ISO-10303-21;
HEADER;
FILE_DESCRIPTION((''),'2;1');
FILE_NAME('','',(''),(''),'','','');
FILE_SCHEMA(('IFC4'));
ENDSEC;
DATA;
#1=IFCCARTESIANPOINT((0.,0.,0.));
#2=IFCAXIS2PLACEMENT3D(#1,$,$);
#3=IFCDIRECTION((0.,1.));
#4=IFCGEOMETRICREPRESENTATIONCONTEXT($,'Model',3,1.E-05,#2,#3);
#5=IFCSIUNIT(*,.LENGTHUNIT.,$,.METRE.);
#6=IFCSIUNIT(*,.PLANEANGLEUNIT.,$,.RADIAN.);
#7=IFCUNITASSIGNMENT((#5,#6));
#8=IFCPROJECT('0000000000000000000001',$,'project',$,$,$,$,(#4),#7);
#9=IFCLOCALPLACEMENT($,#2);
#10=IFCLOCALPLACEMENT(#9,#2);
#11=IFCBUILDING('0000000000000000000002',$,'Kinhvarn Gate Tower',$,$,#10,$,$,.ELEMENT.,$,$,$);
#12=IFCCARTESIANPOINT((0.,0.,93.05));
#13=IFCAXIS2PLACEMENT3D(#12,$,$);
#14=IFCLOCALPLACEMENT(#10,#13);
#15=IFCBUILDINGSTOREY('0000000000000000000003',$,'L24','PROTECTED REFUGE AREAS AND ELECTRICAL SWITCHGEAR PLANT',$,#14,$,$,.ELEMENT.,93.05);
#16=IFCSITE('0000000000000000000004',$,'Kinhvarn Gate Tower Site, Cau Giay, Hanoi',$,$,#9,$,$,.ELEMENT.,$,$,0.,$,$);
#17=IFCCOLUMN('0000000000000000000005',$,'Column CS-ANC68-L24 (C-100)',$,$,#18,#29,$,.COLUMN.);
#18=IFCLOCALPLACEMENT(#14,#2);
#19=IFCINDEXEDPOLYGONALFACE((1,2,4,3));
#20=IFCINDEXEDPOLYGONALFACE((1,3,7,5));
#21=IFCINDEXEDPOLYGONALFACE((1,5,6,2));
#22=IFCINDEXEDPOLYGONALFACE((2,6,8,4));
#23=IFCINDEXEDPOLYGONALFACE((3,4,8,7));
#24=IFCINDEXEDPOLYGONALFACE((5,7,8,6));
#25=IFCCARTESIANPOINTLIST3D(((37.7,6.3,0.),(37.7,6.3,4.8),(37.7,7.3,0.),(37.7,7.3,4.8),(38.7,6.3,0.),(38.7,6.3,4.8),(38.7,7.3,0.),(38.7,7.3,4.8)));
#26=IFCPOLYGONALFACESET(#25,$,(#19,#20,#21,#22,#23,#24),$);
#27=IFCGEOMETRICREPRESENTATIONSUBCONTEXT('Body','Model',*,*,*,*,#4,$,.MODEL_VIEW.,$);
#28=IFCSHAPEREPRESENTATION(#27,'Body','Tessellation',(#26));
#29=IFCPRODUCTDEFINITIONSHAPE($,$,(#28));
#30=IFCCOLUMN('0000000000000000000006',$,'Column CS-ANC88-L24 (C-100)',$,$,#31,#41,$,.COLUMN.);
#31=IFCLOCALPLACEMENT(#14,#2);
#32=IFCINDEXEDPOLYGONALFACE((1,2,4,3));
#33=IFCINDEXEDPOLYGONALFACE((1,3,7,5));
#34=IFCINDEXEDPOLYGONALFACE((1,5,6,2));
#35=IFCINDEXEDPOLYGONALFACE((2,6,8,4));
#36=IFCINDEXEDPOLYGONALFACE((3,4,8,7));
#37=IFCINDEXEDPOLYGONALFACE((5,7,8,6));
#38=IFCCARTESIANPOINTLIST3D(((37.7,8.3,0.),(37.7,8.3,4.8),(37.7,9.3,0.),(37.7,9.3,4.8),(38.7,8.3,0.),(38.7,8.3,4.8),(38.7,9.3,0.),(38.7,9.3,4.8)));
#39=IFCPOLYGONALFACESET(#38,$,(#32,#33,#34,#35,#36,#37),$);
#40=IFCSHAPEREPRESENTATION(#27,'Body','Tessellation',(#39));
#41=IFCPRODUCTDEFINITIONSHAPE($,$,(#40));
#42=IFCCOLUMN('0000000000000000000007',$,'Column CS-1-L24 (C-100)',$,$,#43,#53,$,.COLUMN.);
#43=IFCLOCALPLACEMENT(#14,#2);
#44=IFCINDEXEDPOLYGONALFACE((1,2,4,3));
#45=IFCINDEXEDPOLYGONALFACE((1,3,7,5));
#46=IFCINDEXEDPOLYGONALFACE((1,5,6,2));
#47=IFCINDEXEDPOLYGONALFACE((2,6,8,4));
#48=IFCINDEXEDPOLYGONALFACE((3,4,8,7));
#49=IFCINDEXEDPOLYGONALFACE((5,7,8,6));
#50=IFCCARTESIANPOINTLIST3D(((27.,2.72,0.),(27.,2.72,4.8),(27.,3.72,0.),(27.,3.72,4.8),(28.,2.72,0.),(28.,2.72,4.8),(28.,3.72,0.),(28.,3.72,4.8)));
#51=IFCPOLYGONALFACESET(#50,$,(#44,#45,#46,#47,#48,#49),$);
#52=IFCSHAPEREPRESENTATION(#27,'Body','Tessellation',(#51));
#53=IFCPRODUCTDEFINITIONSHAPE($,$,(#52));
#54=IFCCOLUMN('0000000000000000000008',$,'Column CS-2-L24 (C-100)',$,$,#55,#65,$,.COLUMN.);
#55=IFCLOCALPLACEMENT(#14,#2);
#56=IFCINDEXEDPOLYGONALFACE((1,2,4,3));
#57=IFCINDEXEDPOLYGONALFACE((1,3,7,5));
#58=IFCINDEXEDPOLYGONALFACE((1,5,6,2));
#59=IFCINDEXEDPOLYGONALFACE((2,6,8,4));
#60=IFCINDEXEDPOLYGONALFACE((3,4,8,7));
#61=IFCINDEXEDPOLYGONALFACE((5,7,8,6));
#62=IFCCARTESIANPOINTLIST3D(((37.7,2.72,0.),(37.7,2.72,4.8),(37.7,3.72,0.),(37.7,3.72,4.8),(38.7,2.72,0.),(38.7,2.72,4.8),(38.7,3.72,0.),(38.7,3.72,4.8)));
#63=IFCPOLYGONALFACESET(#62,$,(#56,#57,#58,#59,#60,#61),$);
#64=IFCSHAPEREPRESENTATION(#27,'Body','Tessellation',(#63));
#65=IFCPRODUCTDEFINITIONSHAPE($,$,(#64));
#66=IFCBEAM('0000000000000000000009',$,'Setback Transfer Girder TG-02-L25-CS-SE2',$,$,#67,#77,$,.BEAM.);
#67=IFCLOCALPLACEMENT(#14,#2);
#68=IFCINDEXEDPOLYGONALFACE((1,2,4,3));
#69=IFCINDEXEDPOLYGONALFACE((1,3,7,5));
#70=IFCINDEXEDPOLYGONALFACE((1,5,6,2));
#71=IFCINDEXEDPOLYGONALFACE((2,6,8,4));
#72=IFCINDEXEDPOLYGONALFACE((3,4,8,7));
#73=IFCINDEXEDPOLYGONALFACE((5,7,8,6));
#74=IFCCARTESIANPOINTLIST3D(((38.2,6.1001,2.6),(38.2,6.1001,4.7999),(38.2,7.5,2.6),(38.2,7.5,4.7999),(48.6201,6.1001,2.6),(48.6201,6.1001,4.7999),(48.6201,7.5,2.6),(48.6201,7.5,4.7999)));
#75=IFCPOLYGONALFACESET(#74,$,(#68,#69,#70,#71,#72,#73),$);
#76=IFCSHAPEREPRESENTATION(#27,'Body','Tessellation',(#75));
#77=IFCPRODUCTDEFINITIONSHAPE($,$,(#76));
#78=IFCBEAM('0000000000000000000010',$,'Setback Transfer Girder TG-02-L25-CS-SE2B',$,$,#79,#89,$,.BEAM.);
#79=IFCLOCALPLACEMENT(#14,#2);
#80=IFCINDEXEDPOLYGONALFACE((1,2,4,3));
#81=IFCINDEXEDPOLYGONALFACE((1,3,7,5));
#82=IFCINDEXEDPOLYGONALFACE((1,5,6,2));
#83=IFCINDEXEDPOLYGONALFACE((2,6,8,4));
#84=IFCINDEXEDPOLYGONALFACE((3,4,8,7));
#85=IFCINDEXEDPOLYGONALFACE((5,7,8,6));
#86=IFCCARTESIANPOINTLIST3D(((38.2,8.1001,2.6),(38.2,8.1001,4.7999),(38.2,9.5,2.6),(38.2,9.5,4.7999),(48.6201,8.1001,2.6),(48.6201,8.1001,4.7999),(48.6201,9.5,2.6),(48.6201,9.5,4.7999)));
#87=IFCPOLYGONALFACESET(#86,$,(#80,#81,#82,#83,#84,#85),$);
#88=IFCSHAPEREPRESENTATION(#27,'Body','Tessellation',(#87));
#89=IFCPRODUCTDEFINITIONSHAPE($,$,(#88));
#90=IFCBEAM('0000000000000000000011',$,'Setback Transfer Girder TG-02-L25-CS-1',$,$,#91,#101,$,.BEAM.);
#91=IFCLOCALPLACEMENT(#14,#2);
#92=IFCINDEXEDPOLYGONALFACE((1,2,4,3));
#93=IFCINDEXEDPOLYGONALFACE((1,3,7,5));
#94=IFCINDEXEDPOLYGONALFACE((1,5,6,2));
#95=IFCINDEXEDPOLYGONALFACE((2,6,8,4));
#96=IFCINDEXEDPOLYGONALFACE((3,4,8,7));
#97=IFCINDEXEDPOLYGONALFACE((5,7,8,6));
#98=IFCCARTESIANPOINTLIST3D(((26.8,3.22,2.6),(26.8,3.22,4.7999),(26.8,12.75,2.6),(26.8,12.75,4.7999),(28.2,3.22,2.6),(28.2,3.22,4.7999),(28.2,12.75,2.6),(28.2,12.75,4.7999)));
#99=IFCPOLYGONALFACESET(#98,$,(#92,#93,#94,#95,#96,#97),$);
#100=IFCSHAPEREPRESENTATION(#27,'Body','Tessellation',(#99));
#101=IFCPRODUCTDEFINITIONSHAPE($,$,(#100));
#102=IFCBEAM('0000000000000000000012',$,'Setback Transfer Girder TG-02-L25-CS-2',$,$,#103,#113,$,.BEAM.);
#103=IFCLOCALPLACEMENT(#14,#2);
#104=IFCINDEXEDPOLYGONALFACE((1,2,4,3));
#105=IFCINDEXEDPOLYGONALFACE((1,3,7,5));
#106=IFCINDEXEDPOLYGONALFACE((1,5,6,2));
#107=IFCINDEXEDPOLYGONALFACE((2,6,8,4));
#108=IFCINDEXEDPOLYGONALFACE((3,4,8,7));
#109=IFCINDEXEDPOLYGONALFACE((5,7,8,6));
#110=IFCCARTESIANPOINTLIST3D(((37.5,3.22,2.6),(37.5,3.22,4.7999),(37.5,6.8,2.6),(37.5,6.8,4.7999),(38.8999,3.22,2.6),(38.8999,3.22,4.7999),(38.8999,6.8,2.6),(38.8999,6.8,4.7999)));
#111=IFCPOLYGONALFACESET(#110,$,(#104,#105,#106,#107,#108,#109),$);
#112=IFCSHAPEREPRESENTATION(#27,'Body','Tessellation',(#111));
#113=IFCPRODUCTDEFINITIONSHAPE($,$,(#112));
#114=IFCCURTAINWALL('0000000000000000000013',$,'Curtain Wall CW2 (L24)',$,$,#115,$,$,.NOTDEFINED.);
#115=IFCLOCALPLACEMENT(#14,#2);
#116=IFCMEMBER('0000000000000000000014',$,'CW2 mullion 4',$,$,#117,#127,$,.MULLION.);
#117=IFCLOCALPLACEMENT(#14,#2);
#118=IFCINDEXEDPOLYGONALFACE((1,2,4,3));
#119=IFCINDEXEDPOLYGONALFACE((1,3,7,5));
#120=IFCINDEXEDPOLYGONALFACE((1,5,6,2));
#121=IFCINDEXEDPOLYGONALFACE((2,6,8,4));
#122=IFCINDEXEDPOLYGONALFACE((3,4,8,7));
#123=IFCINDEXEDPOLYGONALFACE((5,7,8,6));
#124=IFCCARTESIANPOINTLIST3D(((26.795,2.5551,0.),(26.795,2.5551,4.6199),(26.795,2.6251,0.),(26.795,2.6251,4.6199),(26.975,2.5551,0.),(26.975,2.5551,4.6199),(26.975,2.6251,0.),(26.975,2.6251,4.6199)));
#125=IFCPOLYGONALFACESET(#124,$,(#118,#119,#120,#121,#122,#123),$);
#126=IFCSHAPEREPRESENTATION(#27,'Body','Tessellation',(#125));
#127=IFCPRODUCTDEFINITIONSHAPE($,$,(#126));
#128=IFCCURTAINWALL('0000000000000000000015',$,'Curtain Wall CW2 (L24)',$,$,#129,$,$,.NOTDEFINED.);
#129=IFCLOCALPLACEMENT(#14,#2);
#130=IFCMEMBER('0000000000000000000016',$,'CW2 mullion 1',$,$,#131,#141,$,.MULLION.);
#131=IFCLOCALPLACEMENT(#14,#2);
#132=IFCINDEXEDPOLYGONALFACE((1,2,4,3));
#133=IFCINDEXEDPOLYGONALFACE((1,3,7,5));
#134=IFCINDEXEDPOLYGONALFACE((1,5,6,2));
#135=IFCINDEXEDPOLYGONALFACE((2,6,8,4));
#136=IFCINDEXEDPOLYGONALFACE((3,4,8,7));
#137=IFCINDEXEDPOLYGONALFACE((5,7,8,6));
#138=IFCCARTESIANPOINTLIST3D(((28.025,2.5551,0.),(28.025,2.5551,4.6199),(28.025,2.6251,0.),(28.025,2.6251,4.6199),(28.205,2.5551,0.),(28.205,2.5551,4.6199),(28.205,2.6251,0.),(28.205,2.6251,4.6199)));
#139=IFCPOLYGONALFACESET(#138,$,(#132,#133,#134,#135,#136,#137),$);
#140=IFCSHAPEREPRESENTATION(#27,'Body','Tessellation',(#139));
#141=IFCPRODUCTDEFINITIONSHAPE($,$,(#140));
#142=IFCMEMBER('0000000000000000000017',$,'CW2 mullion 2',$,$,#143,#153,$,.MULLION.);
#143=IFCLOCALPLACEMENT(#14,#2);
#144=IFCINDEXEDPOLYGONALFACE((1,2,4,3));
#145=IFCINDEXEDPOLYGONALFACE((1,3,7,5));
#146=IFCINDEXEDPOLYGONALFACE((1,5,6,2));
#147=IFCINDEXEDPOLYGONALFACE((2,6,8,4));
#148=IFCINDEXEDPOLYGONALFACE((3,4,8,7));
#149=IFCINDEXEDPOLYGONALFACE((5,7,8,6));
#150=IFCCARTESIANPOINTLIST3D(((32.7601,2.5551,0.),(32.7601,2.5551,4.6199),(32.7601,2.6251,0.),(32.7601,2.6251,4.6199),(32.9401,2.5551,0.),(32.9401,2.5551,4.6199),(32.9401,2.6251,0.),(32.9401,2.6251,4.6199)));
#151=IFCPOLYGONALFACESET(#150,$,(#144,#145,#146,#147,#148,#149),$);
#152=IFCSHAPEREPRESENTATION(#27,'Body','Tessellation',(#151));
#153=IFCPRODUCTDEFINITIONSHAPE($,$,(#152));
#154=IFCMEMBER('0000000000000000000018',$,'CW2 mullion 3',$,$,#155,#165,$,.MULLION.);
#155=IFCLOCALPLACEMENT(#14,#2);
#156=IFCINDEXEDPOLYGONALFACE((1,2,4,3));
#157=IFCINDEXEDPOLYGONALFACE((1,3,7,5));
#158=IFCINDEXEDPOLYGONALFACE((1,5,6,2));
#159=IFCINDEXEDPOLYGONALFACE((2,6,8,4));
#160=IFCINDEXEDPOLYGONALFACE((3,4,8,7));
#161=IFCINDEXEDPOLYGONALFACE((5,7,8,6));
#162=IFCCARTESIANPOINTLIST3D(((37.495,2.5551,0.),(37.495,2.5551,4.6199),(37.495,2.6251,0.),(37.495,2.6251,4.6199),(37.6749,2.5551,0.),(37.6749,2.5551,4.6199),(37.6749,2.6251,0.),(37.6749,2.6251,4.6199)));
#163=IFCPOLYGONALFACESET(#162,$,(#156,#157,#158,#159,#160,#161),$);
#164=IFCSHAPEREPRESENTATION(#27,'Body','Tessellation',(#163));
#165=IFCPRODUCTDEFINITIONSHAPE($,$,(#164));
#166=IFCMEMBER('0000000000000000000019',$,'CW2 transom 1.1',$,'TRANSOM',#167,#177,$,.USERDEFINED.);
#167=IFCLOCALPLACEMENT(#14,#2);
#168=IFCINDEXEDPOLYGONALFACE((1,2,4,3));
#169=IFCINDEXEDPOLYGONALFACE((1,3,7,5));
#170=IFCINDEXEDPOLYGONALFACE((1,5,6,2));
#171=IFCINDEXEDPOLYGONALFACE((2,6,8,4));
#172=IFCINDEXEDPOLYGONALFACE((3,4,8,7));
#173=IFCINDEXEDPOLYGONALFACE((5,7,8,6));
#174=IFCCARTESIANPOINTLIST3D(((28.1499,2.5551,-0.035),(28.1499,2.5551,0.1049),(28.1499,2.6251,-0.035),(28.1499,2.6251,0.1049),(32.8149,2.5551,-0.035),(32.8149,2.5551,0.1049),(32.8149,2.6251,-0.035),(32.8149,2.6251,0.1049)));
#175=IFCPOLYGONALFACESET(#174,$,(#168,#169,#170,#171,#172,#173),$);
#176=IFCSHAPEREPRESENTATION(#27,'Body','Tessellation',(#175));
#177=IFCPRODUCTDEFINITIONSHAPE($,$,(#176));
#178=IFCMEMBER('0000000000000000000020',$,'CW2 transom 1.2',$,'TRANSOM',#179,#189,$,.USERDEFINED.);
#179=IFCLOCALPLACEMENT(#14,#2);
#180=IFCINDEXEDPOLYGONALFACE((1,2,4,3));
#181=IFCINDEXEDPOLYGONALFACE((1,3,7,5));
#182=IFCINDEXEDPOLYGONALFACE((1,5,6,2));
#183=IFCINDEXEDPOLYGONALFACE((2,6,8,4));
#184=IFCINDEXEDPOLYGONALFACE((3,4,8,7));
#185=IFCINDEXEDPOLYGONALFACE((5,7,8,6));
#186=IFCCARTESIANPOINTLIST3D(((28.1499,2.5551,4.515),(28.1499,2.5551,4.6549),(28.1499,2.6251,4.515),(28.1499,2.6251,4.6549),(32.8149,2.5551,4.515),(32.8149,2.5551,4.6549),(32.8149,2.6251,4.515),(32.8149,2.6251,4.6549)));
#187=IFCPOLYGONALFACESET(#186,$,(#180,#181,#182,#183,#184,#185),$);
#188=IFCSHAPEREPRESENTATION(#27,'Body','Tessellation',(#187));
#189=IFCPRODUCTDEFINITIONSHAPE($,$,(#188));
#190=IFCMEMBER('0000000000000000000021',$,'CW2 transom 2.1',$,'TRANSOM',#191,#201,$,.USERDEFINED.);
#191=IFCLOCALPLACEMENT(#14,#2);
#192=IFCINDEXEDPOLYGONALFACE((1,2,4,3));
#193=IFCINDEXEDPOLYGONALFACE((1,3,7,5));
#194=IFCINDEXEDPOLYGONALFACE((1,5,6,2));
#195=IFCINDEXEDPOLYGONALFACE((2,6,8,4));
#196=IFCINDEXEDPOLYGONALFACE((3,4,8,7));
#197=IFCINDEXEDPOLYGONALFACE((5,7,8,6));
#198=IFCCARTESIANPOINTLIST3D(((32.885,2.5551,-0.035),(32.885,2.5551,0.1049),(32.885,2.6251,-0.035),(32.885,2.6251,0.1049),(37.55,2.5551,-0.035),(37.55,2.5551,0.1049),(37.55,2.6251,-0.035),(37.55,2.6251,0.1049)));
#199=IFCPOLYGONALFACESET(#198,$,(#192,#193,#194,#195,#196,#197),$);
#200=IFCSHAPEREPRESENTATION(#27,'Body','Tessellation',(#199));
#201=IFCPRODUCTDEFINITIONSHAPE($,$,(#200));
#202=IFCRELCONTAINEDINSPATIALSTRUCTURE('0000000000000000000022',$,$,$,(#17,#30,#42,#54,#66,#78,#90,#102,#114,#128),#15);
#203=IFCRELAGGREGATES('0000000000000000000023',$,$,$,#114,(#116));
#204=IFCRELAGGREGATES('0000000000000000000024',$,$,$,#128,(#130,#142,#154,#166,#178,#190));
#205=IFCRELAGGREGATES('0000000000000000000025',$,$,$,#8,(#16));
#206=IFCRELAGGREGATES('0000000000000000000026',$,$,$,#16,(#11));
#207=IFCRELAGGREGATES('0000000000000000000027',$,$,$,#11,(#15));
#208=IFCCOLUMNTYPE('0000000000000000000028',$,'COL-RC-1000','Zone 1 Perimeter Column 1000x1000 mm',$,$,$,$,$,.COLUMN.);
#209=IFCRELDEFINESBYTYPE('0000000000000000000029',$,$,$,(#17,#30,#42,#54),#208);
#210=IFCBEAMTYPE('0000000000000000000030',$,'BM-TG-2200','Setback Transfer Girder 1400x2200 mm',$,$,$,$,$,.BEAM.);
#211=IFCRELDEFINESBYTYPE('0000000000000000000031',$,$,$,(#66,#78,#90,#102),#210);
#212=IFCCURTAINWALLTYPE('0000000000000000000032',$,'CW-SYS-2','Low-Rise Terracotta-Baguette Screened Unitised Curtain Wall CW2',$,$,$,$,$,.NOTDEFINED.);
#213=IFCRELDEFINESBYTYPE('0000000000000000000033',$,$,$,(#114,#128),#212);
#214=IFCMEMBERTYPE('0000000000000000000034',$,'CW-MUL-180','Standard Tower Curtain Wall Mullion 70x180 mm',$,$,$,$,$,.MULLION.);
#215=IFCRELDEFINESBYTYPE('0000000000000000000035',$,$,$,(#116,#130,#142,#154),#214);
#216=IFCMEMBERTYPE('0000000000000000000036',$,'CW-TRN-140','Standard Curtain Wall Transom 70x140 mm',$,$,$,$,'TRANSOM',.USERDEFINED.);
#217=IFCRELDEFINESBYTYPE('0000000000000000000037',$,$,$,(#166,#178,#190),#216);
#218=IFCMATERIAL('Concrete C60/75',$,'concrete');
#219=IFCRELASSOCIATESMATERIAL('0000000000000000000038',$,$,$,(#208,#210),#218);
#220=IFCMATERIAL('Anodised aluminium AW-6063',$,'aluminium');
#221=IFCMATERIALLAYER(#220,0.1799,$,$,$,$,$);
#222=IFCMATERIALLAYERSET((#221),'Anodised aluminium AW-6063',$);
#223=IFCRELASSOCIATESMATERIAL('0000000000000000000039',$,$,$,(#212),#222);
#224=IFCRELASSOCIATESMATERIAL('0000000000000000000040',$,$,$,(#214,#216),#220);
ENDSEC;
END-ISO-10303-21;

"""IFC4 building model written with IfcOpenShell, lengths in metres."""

from ifc_helpers import new_model, si_unit, direction, frame, origin, origin_2d, place, context, subcontext, project, spatial, rectangle, extrude, material, layer, layer_set, material_profile, profile_set, type_object, element, aggregate, save


model = new_model("IFC4")

# Units and contexts
model_context = context("Model", 3, precision=1e-05, world=origin(), true_north=direction((0.0, 1.0)))
body_context = subcontext(model_context, "Body", "Model", "MODEL_VIEW")
ifc_project = project(units=[si_unit("LENGTHUNIT", "METRE"), si_unit("PLANEANGLEUNIT", "RADIAN")], contexts=[model_context])

# Site, building, storey
site_placement = place(None, origin())
site = spatial("IfcSite", under=ifc_project, at=site_placement, Name="Kinhvarn Gate Tower Site, Cau Giay, Hanoi", CompositionType="ELEMENT", RefElevation=0.0)
building_placement = place(site_placement, origin())
building = spatial("IfcBuilding", under=site, at=building_placement, Name="Kinhvarn Gate Tower", CompositionType="ELEMENT")
storey_placement = place(building_placement, frame((0.0, 0.0, 93.05)))
storey = spatial("IfcBuildingStorey", under=building, at=storey_placement, Name="L24", Description="PROTECTED REFUGE AREAS AND ELECTRICAL SWITCHGEAR PLANT", CompositionType="ELEMENT", Elevation=93.05)

# Columns
ifc_material_1 = material(Name="Concrete C60/75", Category="concrete")
ifc_material_profile_1 = material_profile(ifc_material_1, rectangle(XDim=1.0, YDim=1.0, at=origin_2d()), Name="RC 1000x1000")
ifc_profile_set_1 = profile_set([ifc_material_profile_1], Name="Concrete C60/75")
column_type = type_object("IfcColumnType", Name="COL-RC-1000", Description="Zone 1 Perimeter Column 1000x1000 mm", PredefinedType="COLUMN", material=ifc_profile_set_1)
for number, where, z_axis, x_axis, name in (
    (1, (38.2, 6.8, 0.0), (0.0, 0.0, 1.0), (1.0, 0.0, 0.0), "Column CS-ANC68-L24 (C-100)"),
    (2, (38.2, 8.8, 0.0), (0.0, 0.0, 1.0), (1.0, 0.0, 0.0), "Column CS-ANC88-L24 (C-100)"),
    (3, (27.5, 3.22, 0.0), (0.0, 0.0, 1.0), (1.0, 0.0, 0.0), "Column CS-1-L24 (C-100)"),
    (4, (38.2, 3.22, 0.0), (0.0, 0.0, 1.0), (1.0, 0.0, 0.0), "Column CS-2-L24 (C-100)"),
):
    element("IfcColumn", number, at=place(storey_placement, frame(where, z_axis=z_axis, x_axis=x_axis)), inside=storey, type_object=column_type, Name=name, PredefinedType="COLUMN", context=body_context, shape_type="SweptSolid", body=[
        extrude(rectangle(XDim=1.0, YDim=1.0, at=origin_2d()), origin(), (0.0, 0.0, 1.0), 4.8),
    ])

# Beams
ifc_material_profile_2 = material_profile(ifc_material_1, rectangle(XDim=1.3999, YDim=2.2, at=origin_2d()), Name="RC 1400x2200")
ifc_profile_set_2 = profile_set([ifc_material_profile_2], Name="Concrete C60/75")
beam_type_1 = type_object("IfcBeamType", Name="BM-TG-2200", Description="Setback Transfer Girder 1400x2200 mm", PredefinedType="BEAM", material=ifc_profile_set_2)
for number, where, z_axis, x_axis, name in (
    (5, (38.2, 6.8, 3.7), (1.0, 0.0, 0.0), (0.0, 1.0, 0.0), "Setback Transfer Girder TG-02-L25-CS-SE2"),
    (6, (38.2, 8.8, 3.7), (1.0, 0.0, 0.0), (0.0, 1.0, 0.0), "Setback Transfer Girder TG-02-L25-CS-SE2B"),
):
    element("IfcBeam", number, at=place(storey_placement, frame(where, z_axis=z_axis, x_axis=x_axis)), inside=storey, type_object=beam_type_1, Name=name, PredefinedType="BEAM", context=body_context, shape_type="SweptSolid", body=[
        extrude(rectangle(XDim=1.3999, YDim=2.2, at=origin_2d()), origin(), (0.0, 0.0, 1.0), 10.4202),
    ])
beam_1_placement = place(storey_placement, frame((27.5, 3.22, 3.7), z_axis=(0.0, 1.0, 0.0), x_axis=(-1.0, 0.0, 0.0)))
element("IfcBeam", 7, at=beam_1_placement, inside=storey, type_object=beam_type_1, Name="Setback Transfer Girder TG-02-L25-CS-1", PredefinedType="BEAM", context=body_context, shape_type="SweptSolid", body=[
    extrude(rectangle(XDim=1.3999, YDim=2.2, at=origin_2d()), origin(), (0.0, 0.0, 1.0), 9.53),
])
beam_2_placement = place(storey_placement, frame((38.2, 3.22, 3.7), z_axis=(0.0, 1.0, 0.0), x_axis=(-1.0, 0.0, 0.0)))
element("IfcBeam", 8, at=beam_2_placement, inside=storey, type_object=beam_type_1, Name="Setback Transfer Girder TG-02-L25-CS-2", PredefinedType="BEAM", context=body_context, shape_type="SweptSolid", body=[
    extrude(rectangle(XDim=1.3999, YDim=2.2, at=origin_2d()), origin(), (0.0, 0.0, 1.0), 3.5801),
])

# Curtain wall, member
ifc_material_2 = material(Name="Anodised aluminium AW-6063", Category="aluminium")
ifc_layer_1 = layer(ifc_material_2, 0.1799)
ifc_layer_set_1 = layer_set([ifc_layer_1], Name="Anodised aluminium AW-6063")
curtain_wall_type = type_object("IfcCurtainWallType", Name="CW-SYS-2", Description="Low-Rise Terracotta-Baguette Screened Unitised Curtain Wall CW2", PredefinedType="NOTDEFINED", material=ifc_layer_set_1)
curtain_wall_1_placement = place(storey_placement, origin())
curtain_wall_1 = element("IfcCurtainWall", 9, at=curtain_wall_1_placement, inside=storey, type_object=curtain_wall_type, Name="Curtain Wall CW2 (L24)", PredefinedType="NOTDEFINED")
ifc_material_profile_3 = material_profile(ifc_material_2, rectangle(XDim=0.0701, YDim=0.1799, at=origin_2d()), Name="ALU 70x180")
ifc_profile_set_3 = profile_set([ifc_material_profile_3], Name="Anodised aluminium AW-6063")
member_type_1 = type_object("IfcMemberType", Name="CW-MUL-180", Description="Standard Tower Curtain Wall Mullion 70x180 mm", PredefinedType="MULLION", material=ifc_profile_set_3)
member_1_placement = place(storey_placement, frame((26.885, 2.5901, 0.0), z_axis=(0.0, 0.0, 1.0), x_axis=(0.0, 1.0, 0.0)))
member_1 = element("IfcMember", 10, at=member_1_placement, type_object=member_type_1, Name="CW2 mullion 4", PredefinedType="MULLION", context=body_context, shape_type="SweptSolid", body=[
    extrude(rectangle(XDim=0.0701, YDim=0.1799, at=origin_2d()), origin(), (0.0, 0.0, 1.0), 4.6199),
])
aggregate(curtain_wall_1, [member_1])

# Curtain wall, members
curtain_wall_2_placement = place(storey_placement, origin())
curtain_wall_2 = element("IfcCurtainWall", 11, at=curtain_wall_2_placement, inside=storey, type_object=curtain_wall_type, Name="Curtain Wall CW2 (L24)", PredefinedType="NOTDEFINED")
member_2_placement = place(storey_placement, frame((28.115, 2.5901, 0.0), z_axis=(0.0, 0.0, 1.0), x_axis=(0.0, 1.0, 0.0)))
member_2 = element("IfcMember", 12, at=member_2_placement, type_object=member_type_1, Name="CW2 mullion 1", PredefinedType="MULLION", context=body_context, shape_type="SweptSolid", body=[
    extrude(rectangle(XDim=0.0701, YDim=0.1799, at=origin_2d()), origin(), (0.0, 0.0, 1.0), 4.6199),
])
member_3_placement = place(storey_placement, frame((32.8501, 2.5901, 0.0), z_axis=(0.0, 0.0, 1.0), x_axis=(0.0, 1.0, 0.0)))
member_3 = element("IfcMember", 13, at=member_3_placement, type_object=member_type_1, Name="CW2 mullion 2", PredefinedType="MULLION", context=body_context, shape_type="SweptSolid", body=[
    extrude(rectangle(XDim=0.0701, YDim=0.1799, at=origin_2d()), origin(), (0.0, 0.0, 1.0), 4.6199),
])
member_4_placement = place(storey_placement, frame((37.585, 2.5901, 0.0), z_axis=(0.0, 0.0, 1.0), x_axis=(0.0, 1.0, 0.0)))
member_4 = element("IfcMember", 14, at=member_4_placement, type_object=member_type_1, Name="CW2 mullion 3", PredefinedType="MULLION", context=body_context, shape_type="SweptSolid", body=[
    extrude(rectangle(XDim=0.0701, YDim=0.1799, at=origin_2d()), origin(), (0.0, 0.0, 1.0), 4.6199),
])
ifc_material_profile_4 = material_profile(ifc_material_2, rectangle(XDim=0.0701, YDim=0.1399, at=origin_2d()), Name="ALU 70x140")
ifc_profile_set_4 = profile_set([ifc_material_profile_4], Name="Anodised aluminium AW-6063")
member_type_2 = type_object("IfcMemberType", Name="CW-TRN-140", Description="Standard Curtain Wall Transom 70x140 mm", ElementType="TRANSOM", PredefinedType="USERDEFINED", material=ifc_profile_set_4)
member_5_placement = place(storey_placement, frame((28.1499, 2.5901, 0.0349), z_axis=(1.0, 0.0, 0.0), x_axis=(0.0, 1.0, 0.0)))
member_5 = element("IfcMember", 15, at=member_5_placement, type_object=member_type_2, Name="CW2 transom 1.1", ObjectType="TRANSOM", PredefinedType="USERDEFINED", context=body_context, shape_type="SweptSolid", body=[
    extrude(rectangle(XDim=0.0701, YDim=0.1399, at=origin_2d()), origin(), (0.0, 0.0, 1.0), 4.665),
])
member_6_placement = place(storey_placement, frame((28.1499, 2.5901, 4.585), z_axis=(1.0, 0.0, 0.0), x_axis=(0.0, 1.0, 0.0)))
member_6 = element("IfcMember", 16, at=member_6_placement, type_object=member_type_2, Name="CW2 transom 1.2", ObjectType="TRANSOM", PredefinedType="USERDEFINED", context=body_context, shape_type="SweptSolid", body=[
    extrude(rectangle(XDim=0.0701, YDim=0.1399, at=origin_2d()), origin(), (0.0, 0.0, 1.0), 4.665),
])
member_7_placement = place(storey_placement, frame((32.885, 2.5901, 0.0349), z_axis=(1.0, 0.0, 0.0), x_axis=(0.0, 1.0, 0.0)))
member_7 = element("IfcMember", 17, at=member_7_placement, type_object=member_type_2, Name="CW2 transom 2.1", ObjectType="TRANSOM", PredefinedType="USERDEFINED", context=body_context, shape_type="SweptSolid", body=[
    extrude(rectangle(XDim=0.0701, YDim=0.1399, at=origin_2d()), origin(), (0.0, 0.0, 1.0), 4.665),
])

aggregate(curtain_wall_2, [member_2, member_3, member_4, member_5, member_6, member_7])

save(model, "model.ifc")
